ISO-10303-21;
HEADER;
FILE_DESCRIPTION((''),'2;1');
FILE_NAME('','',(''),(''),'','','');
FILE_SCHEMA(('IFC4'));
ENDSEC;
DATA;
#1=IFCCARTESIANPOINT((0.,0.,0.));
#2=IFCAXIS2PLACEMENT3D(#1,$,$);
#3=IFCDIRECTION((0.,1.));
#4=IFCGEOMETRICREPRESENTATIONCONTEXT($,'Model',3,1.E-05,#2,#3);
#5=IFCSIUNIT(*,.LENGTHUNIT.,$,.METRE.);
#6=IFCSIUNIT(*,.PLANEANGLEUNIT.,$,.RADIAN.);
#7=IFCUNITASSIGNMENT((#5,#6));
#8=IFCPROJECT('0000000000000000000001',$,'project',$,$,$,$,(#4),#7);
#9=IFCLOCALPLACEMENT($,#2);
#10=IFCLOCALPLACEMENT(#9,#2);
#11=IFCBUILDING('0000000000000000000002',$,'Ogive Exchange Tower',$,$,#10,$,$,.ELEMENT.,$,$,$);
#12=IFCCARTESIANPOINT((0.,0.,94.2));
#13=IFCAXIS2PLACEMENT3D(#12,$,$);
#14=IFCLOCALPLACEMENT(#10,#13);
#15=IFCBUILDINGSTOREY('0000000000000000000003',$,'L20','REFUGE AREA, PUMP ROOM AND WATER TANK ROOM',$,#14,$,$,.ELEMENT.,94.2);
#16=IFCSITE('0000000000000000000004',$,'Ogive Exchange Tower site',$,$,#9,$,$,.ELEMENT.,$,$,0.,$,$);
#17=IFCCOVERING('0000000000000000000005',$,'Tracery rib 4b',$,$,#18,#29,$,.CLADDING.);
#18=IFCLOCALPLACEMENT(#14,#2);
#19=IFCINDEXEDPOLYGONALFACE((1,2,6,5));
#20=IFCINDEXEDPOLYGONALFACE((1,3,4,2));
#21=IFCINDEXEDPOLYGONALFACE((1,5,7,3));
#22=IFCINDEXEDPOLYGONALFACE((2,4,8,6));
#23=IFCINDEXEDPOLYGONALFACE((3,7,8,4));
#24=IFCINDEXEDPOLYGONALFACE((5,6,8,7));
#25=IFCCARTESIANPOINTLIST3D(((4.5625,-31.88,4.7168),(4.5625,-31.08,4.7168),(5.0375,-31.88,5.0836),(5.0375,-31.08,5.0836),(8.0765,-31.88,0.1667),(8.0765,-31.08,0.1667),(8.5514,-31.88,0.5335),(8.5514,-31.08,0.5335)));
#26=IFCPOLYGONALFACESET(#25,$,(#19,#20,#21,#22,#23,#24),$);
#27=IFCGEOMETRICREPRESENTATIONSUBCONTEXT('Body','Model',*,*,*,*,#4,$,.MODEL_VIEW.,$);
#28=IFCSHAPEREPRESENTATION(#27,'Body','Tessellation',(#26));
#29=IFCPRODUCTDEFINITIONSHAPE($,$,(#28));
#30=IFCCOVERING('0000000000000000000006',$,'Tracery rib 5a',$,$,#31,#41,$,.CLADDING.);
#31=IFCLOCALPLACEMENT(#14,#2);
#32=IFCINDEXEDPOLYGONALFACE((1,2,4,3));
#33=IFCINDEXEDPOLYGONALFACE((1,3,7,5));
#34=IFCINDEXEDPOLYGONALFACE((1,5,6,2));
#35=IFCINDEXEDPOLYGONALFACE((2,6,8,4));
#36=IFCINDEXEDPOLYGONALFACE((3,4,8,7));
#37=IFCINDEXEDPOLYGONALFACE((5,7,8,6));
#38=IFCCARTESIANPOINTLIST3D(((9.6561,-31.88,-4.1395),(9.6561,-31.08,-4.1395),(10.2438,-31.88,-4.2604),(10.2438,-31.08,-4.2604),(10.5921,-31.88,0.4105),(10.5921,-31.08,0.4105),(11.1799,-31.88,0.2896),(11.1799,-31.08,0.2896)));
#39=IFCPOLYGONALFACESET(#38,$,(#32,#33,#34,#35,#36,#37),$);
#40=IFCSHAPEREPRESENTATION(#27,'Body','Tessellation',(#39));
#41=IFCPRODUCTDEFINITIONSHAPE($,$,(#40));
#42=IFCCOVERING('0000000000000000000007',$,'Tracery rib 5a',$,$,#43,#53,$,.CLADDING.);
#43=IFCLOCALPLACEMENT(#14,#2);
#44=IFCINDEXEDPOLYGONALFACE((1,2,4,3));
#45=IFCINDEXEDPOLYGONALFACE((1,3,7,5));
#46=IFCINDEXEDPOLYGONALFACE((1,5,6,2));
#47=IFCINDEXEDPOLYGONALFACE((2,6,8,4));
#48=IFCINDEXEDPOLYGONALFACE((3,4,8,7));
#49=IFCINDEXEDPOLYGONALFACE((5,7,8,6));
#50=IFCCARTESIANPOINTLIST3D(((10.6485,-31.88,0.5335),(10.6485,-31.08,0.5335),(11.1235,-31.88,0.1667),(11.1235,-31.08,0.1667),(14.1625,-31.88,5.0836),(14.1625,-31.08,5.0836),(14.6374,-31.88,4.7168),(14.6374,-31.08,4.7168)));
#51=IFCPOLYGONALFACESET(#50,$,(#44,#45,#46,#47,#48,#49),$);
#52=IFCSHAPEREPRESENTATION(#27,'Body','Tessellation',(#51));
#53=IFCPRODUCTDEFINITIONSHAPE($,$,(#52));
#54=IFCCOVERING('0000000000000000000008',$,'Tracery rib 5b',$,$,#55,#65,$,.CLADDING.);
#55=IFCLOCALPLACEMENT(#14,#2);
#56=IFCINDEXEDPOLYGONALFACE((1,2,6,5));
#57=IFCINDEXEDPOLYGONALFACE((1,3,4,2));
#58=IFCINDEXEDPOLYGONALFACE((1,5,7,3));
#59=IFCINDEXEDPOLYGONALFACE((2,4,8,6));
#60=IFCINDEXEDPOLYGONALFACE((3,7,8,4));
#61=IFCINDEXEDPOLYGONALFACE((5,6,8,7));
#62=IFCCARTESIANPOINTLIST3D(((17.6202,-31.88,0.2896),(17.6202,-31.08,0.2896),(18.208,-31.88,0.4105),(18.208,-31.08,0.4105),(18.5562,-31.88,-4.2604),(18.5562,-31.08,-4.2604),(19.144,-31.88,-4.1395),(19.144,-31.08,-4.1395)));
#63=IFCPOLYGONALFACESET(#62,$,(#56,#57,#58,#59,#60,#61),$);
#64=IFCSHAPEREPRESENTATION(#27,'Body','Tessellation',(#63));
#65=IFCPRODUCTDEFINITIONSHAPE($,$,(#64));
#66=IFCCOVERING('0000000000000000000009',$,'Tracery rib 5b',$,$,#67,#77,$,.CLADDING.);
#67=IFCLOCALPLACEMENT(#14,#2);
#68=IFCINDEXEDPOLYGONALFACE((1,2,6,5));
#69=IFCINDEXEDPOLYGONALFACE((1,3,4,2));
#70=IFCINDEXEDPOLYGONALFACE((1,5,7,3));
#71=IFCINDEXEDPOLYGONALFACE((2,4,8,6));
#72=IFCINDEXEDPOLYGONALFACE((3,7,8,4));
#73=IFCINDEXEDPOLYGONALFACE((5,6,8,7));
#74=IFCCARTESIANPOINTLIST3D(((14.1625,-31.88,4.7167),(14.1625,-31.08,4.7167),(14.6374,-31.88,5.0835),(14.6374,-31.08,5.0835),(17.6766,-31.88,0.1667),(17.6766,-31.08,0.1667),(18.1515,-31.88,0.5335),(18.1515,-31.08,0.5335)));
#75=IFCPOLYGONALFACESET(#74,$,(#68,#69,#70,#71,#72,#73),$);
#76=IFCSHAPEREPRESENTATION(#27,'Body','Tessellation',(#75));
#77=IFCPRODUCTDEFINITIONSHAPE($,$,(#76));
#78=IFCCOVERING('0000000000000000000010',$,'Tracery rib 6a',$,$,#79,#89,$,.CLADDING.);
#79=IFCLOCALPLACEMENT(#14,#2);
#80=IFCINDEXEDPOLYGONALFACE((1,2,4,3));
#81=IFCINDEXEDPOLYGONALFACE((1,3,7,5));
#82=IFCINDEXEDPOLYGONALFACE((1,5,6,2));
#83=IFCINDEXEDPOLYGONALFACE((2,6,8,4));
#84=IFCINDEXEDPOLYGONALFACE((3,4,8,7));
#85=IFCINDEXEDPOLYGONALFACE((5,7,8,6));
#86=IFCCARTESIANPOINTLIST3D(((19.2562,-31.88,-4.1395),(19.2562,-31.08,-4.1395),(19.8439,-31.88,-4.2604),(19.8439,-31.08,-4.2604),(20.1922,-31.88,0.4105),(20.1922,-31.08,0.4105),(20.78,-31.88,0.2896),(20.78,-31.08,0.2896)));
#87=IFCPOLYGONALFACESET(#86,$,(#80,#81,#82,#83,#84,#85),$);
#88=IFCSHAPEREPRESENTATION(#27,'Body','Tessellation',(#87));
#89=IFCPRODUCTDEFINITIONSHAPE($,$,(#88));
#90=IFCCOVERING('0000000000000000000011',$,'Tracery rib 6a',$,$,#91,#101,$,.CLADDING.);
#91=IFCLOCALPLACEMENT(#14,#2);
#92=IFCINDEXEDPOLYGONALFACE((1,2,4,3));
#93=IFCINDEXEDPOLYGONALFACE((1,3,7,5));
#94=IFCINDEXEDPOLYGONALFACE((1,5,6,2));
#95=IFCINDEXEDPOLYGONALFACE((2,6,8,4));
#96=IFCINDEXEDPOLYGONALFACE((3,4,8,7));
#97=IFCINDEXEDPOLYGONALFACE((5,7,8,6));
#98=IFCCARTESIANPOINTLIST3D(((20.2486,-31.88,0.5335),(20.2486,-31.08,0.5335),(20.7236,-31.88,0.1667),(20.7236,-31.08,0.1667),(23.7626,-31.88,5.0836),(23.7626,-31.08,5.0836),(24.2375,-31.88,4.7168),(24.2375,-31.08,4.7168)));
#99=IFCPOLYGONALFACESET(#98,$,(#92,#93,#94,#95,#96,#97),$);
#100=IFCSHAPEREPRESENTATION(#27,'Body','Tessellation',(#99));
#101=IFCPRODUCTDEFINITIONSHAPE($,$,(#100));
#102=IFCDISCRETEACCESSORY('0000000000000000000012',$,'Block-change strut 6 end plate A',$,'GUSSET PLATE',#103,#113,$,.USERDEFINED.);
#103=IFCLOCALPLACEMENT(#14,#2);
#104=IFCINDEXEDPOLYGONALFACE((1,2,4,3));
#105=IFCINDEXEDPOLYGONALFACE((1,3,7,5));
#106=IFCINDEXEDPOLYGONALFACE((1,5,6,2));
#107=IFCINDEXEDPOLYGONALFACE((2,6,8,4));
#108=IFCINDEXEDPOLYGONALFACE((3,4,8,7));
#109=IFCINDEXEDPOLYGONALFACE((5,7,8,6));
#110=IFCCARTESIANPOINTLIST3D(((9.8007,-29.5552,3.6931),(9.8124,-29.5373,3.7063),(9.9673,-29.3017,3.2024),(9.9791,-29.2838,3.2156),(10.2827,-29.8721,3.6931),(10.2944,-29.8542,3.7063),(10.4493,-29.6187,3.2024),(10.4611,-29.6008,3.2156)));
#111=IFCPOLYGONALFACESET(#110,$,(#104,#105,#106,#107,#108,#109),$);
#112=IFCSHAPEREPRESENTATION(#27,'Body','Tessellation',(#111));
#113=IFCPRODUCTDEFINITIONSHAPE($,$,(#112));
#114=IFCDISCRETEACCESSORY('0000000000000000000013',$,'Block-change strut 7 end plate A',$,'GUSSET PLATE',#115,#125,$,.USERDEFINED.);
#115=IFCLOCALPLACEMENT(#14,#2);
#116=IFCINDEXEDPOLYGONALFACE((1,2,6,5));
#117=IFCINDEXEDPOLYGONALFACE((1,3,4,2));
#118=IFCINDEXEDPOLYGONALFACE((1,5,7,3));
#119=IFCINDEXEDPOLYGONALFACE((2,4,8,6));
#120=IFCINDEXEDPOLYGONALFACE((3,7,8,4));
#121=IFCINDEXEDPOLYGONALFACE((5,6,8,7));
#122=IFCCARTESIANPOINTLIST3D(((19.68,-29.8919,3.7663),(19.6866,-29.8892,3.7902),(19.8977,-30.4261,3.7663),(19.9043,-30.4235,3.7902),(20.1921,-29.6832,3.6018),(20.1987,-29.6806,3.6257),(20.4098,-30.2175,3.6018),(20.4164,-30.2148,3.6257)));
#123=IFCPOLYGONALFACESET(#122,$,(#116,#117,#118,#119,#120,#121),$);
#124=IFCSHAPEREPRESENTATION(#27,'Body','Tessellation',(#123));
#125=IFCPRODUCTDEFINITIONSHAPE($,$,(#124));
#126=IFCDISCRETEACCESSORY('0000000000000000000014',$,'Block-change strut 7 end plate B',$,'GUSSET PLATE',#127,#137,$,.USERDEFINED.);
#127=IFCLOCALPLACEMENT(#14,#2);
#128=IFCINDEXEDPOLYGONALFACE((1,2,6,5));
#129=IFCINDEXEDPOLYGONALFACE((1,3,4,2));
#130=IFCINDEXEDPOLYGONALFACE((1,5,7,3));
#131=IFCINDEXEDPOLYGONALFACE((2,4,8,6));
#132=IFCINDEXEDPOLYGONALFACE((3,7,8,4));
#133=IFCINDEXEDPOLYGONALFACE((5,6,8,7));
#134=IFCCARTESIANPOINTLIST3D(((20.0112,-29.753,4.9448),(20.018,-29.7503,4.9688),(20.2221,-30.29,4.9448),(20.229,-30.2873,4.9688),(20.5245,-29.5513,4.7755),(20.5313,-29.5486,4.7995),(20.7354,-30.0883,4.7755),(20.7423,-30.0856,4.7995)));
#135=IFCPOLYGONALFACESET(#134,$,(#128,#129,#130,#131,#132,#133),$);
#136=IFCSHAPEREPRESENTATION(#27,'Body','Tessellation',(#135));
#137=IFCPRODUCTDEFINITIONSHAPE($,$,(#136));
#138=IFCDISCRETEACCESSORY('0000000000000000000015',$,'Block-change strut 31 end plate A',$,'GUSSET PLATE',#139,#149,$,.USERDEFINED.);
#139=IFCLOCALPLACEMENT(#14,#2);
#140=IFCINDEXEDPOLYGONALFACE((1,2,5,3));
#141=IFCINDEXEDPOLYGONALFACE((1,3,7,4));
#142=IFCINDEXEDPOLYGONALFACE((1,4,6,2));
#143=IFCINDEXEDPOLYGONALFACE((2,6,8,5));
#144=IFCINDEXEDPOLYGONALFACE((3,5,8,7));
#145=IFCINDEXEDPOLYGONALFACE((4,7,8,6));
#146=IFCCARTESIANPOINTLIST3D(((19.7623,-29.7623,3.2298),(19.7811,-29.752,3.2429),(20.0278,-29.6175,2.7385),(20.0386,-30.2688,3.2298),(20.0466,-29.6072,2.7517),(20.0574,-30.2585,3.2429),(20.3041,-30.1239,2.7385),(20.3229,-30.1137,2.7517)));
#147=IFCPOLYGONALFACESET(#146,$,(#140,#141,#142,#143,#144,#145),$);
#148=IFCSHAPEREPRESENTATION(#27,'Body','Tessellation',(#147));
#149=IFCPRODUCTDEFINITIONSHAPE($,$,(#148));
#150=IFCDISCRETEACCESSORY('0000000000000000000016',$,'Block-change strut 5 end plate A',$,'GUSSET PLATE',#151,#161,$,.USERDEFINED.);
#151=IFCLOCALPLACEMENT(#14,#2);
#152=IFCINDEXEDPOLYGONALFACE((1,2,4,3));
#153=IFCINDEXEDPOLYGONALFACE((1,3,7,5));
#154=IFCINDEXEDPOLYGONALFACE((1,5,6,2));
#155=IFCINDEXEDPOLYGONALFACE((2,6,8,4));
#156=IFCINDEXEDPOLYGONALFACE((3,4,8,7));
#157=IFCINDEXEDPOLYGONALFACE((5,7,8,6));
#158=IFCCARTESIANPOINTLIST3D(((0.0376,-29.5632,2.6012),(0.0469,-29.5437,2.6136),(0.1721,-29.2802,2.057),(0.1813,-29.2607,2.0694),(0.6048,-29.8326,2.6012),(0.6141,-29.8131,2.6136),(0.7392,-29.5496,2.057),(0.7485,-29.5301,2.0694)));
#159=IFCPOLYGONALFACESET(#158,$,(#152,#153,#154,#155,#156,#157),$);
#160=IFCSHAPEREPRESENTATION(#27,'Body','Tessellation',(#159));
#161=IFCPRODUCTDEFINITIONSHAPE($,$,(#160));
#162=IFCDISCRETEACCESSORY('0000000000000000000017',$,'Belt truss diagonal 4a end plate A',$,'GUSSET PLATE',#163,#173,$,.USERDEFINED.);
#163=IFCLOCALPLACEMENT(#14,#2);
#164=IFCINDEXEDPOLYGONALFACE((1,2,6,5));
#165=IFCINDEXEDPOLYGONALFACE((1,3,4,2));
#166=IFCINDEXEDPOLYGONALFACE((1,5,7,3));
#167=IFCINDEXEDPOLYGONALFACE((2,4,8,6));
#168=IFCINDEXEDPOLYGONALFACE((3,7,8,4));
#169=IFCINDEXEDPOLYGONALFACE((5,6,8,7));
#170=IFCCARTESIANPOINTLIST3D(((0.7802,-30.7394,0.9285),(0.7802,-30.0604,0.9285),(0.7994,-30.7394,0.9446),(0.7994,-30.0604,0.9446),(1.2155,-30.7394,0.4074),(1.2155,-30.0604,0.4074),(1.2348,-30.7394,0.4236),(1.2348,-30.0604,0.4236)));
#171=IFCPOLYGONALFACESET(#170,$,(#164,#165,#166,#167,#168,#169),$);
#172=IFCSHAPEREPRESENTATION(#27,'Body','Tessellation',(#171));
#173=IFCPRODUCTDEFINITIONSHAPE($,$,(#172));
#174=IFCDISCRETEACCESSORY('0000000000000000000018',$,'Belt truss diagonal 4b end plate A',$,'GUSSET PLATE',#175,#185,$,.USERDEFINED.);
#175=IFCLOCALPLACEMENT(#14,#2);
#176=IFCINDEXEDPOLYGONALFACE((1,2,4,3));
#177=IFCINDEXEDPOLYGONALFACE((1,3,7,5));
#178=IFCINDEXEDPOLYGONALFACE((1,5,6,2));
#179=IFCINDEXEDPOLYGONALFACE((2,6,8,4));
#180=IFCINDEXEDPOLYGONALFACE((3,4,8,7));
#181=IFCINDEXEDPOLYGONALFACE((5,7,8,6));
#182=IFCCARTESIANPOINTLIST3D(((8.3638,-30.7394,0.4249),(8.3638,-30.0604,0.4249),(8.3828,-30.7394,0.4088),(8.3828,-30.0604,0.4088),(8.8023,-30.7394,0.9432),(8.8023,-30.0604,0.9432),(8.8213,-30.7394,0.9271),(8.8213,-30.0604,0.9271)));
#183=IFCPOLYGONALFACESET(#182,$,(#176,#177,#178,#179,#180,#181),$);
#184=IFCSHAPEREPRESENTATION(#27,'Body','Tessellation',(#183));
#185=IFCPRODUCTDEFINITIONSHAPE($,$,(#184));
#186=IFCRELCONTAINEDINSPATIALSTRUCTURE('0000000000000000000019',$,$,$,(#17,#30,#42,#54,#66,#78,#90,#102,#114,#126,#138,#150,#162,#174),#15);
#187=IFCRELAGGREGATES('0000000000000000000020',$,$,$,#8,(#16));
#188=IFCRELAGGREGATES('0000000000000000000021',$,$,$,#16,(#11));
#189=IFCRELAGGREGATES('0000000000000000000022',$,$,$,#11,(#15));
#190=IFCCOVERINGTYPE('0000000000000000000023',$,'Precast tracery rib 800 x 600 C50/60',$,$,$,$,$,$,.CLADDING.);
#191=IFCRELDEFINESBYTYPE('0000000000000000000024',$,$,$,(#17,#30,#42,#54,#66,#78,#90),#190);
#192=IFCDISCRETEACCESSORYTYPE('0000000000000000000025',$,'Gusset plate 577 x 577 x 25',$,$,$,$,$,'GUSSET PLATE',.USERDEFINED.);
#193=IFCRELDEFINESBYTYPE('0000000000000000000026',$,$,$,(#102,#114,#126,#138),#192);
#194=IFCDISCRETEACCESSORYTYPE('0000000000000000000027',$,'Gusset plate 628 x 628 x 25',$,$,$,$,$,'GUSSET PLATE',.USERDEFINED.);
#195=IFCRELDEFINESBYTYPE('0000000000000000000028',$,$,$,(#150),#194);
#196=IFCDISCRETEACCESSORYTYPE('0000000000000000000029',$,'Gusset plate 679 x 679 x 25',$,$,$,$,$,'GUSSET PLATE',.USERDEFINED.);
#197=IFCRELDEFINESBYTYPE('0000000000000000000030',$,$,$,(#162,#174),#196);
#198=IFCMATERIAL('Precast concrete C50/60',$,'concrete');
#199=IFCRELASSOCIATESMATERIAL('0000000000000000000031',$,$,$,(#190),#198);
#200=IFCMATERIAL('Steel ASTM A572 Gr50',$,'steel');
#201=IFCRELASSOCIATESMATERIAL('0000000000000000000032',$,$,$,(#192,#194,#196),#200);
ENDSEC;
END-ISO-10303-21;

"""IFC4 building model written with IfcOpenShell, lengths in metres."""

from ifc_helpers import new_model, si_unit, direction, frame, origin, origin_2d, place, context, subcontext, project, spatial, rectangle, extrude, material, material_profile, profile_set, type_object, element, save


model = new_model("IFC4")

# Units and contexts
model_context = context("Model", 3, precision=1e-05, world=origin(), true_north=direction((0.0, 1.0)))
body_context = subcontext(model_context, "Body", "Model", "MODEL_VIEW")
ifc_project = project(units=[si_unit("LENGTHUNIT", "METRE"), si_unit("PLANEANGLEUNIT", "RADIAN")], contexts=[model_context])

# Site, building, storey
site_placement = place(None, origin())
site = spatial("IfcSite", under=ifc_project, at=site_placement, Name="Ogive Exchange Tower site", CompositionType="ELEMENT", RefElevation=0.0)
building_placement = place(site_placement, origin())
building = spatial("IfcBuilding", under=site, at=building_placement, Name="Ogive Exchange Tower", CompositionType="ELEMENT")
storey_placement = place(building_placement, frame((0.0, 0.0, 94.2)))
storey = spatial("IfcBuildingStorey", under=building, at=storey_placement, Name="L20", Description="REFUGE AREA, PUMP ROOM AND WATER TANK ROOM", CompositionType="ELEMENT", Elevation=94.2)

# Coverings
ifc_material_1 = material(Name="Precast concrete C50/60", Category="concrete")
ifc_material_profile_1 = material_profile(ifc_material_1, rectangle(XDim=0.8, YDim=0.6001, at=origin_2d()), Name="RIB 800 x 600")
ifc_profile_set_1 = profile_set([ifc_material_profile_1], Name="Precast concrete C50/60")
covering_type = type_object("IfcCoveringType", Name="Precast tracery rib 800 x 600 C50/60", PredefinedType="CLADDING", material=ifc_profile_set_1)
covering_1_placement = place(storey_placement, frame((8.314, -31.48, 0.3501), z_axis=(-0.611226, 0.0, 0.791456), x_axis=(0.0, -1.0, 0.0)))
element("IfcCovering", 1, at=covering_1_placement, inside=storey, type_object=covering_type, Name="Tracery rib 4b", PredefinedType="CLADDING", context=body_context, shape_type="SweptSolid", body=[
    extrude(rectangle(XDim=0.8, YDim=0.6001, at=origin_2d()), origin(), (0.0, 0.0, 1.0), 5.749),
])
covering_2_placement = place(storey_placement, frame((9.95, -31.48, -4.2), z_axis=(0.2015, 0.0, 0.979488), x_axis=(0.0, 1.0, 0.0)))
element("IfcCovering", 2, at=covering_2_placement, inside=storey, type_object=covering_type, Name="Tracery rib 5a", PredefinedType="CLADDING", context=body_context, shape_type="SweptSolid", body=[
    extrude(rectangle(XDim=0.8, YDim=0.6001, at=origin_2d()), origin(), (0.0, 0.0, 1.0), 4.6453),
])
covering_3_placement = place(storey_placement, frame((10.886, -31.48, 0.3501), z_axis=(0.611226, 0.0, 0.791456), x_axis=(0.0, 1.0, 0.0)))
element("IfcCovering", 3, at=covering_3_placement, inside=storey, type_object=covering_type, Name="Tracery rib 5a", PredefinedType="CLADDING", context=body_context, shape_type="SweptSolid", body=[
    extrude(rectangle(XDim=0.8, YDim=0.6001, at=origin_2d()), origin(), (0.0, 0.0, 1.0), 5.749),
])
covering_4_placement = place(storey_placement, frame((18.8501, -31.48, -4.2), z_axis=(-0.2015, 0.0, 0.979488), x_axis=(0.0, -1.0, 0.0)))
element("IfcCovering", 4, at=covering_4_placement, inside=storey, type_object=covering_type, Name="Tracery rib 5b", PredefinedType="CLADDING", context=body_context, shape_type="SweptSolid", body=[
    extrude(rectangle(XDim=0.8, YDim=0.6001, at=origin_2d()), origin(), (0.0, 0.0, 1.0), 4.6453),
])
covering_5_placement = place(storey_placement, frame((17.9141, -31.48, 0.3501), z_axis=(-0.611253, 0.0, 0.791435), x_axis=(0.0, -1.0, 0.0)))
element("IfcCovering", 5, at=covering_5_placement, inside=storey, type_object=covering_type, Name="Tracery rib 5b", PredefinedType="CLADDING", context=body_context, shape_type="SweptSolid", body=[
    extrude(rectangle(XDim=0.8, YDim=0.6001, at=origin_2d()), origin(), (0.0, 0.0, 1.0), 5.749),
])
covering_6_placement = place(storey_placement, frame((19.55, -31.48, -4.2), z_axis=(0.2015, 0.0, 0.979488), x_axis=(0.0, 1.0, 0.0)))
element("IfcCovering", 6, at=covering_6_placement, inside=storey, type_object=covering_type, Name="Tracery rib 6a", PredefinedType="CLADDING", context=body_context, shape_type="SweptSolid", body=[
    extrude(rectangle(XDim=0.8, YDim=0.6001, at=origin_2d()), origin(), (0.0, 0.0, 1.0), 4.6453),
])
covering_7_placement = place(storey_placement, frame((20.4861, -31.48, 0.3501), z_axis=(0.611226, 0.0, 0.791456), x_axis=(0.0, 1.0, 0.0)))
element("IfcCovering", 7, at=covering_7_placement, inside=storey, type_object=covering_type, Name="Tracery rib 6a", PredefinedType="CLADDING", context=body_context, shape_type="SweptSolid", body=[
    extrude(rectangle(XDim=0.8, YDim=0.6001, at=origin_2d()), origin(), (0.0, 0.0, 1.0), 5.749),
])

# Discrete accessories
ifc_material_2 = material(Name="Steel ASTM A572 Gr50", Category="steel")
ifc_material_profile_2 = material_profile(ifc_material_2, rectangle(XDim=0.5769, YDim=0.5769, at=origin_2d()), Name="PL 577 x 577 x 25")
ifc_profile_set_2 = profile_set([ifc_material_profile_2], Name="Steel ASTM A572 Gr50")
discrete_accessory_type_1 = type_object("IfcDiscreteAccessoryType", Name="Gusset plate 577 x 577 x 25", ElementType="GUSSET PLATE", PredefinedType="USERDEFINED", material=ifc_profile_set_2)
discrete_accessory_1_placement = place(storey_placement, frame((10.125, -29.5869, 3.4478), z_axis=(0.467343, 0.710751, 0.525761), x_axis=(-0.835555, 0.549406, 0.0)))
element("IfcDiscreteAccessory", 8, at=discrete_accessory_1_placement, inside=storey, type_object=discrete_accessory_type_1, Name="Block-change strut 6 end plate A", ObjectType="GUSSET PLATE", PredefinedType="USERDEFINED", context=body_context, shape_type="SweptSolid", body=[
    extrude(rectangle(XDim=0.5769, YDim=0.5769, at=origin_2d()), origin(), (0.0, 0.0, 1.0), 0.0251),
])
discrete_accessory_2_placement = place(storey_placement, frame((20.0449, -30.0547, 3.6841), z_axis=(0.264072, 0.107585, 0.958484), x_axis=(-0.377297, 0.926092, 0.0)))
element("IfcDiscreteAccessory", 9, at=discrete_accessory_2_placement, inside=storey, type_object=discrete_accessory_type_1, Name="Block-change strut 7 end plate A", ObjectType="GUSSET PLATE", PredefinedType="USERDEFINED", context=body_context, shape_type="SweptSolid", body=[
    extrude(rectangle(XDim=0.5769, YDim=0.5769, at=origin_2d()), origin(), (0.0, 0.0, 1.0), 0.0249),
])
for number, where, z_axis, x_axis, name in (
    (10, (20.3733, -29.9207, 4.8601), (0.273135, 0.107303, 0.955972), (-0.365652, 0.930751, 0.0), "Block-change strut 7 end plate B"),
    (11, (20.0332, -29.9431, 2.9841), (0.747573, 0.407767, 0.524272), (-0.478852, 0.877896, 0.0), "Block-change strut 31 end plate A"),
):
    element("IfcDiscreteAccessory", number, at=place(storey_placement, frame(where, z_axis=z_axis, x_axis=x_axis)), inside=storey, type_object=discrete_accessory_type_1, Name=name, ObjectType="GUSSET PLATE", PredefinedType="USERDEFINED", context=body_context, shape_type="SweptSolid", body=[
        extrude(rectangle(XDim=0.5769, YDim=0.5769, at=origin_2d()), origin(), (0.0, 0.0, 1.0), 0.0251),
    ])
ifc_material_profile_3 = material_profile(ifc_material_2, rectangle(XDim=0.6279, YDim=0.6279, at=origin_2d()), Name="PL 628 x 628 x 25")
ifc_profile_set_3 = profile_set([ifc_material_profile_3], Name="Steel ASTM A572 Gr50")
discrete_accessory_type_2 = type_object("IfcDiscreteAccessoryType", Name="Gusset plate 628 x 628 x 25", ElementType="GUSSET PLATE", PredefinedType="USERDEFINED", material=ifc_profile_set_3)
discrete_accessory_3_placement = place(storey_placement, frame((0.3884, -29.5564, 2.3291), z_axis=(0.371817, 0.782773, 0.499018), x_axis=(-0.903278, 0.429057, 0.0)))
element("IfcDiscreteAccessory", 12, at=discrete_accessory_3_placement, inside=storey, type_object=discrete_accessory_type_2, Name="Block-change strut 5 end plate A", ObjectType="GUSSET PLATE", PredefinedType="USERDEFINED", context=body_context, shape_type="SweptSolid", body=[
    extrude(rectangle(XDim=0.6279, YDim=0.6279, at=origin_2d()), origin(), (0.0, 0.0, 1.0), 0.0249),
])
ifc_material_profile_4 = material_profile(ifc_material_2, rectangle(XDim=0.679, YDim=0.679, at=origin_2d()), Name="PL 679 x 679 x 25")
ifc_profile_set_4 = profile_set([ifc_material_profile_4], Name="Steel ASTM A572 Gr50")
discrete_accessory_type_3 = type_object("IfcDiscreteAccessoryType", Name="Gusset plate 679 x 679 x 25", ElementType="GUSSET PLATE", PredefinedType="USERDEFINED", material=ifc_profile_set_4)
discrete_accessory_4_placement = place(storey_placement, frame((0.9978, -30.3999, 0.668), z_axis=(0.767424, 0.0, 0.641139), x_axis=(0.0, 1.0, 0.0)))
element("IfcDiscreteAccessory", 13, at=discrete_accessory_4_placement, inside=storey, type_object=discrete_accessory_type_3, Name="Belt truss diagonal 4a end plate A", ObjectType="GUSSET PLATE", PredefinedType="USERDEFINED", context=body_context, shape_type="SweptSolid", body=[
    extrude(rectangle(XDim=0.679, YDim=0.679, at=origin_2d()), origin(), (0.0, 0.0, 1.0), 0.0251),
])
for number, where, z_axis, x_axis, name in (
    (14, (8.6021, -30.3999, 0.668), (-0.763386, 0.0, 0.645942), (0.0, -1.0, 0.0), "Belt truss diagonal 4b end plate A"),
):
    element("IfcDiscreteAccessory", number, at=place(storey_placement, frame(where, z_axis=z_axis, x_axis=x_axis)), inside=storey, type_object=discrete_accessory_type_3, Name=name, ObjectType="GUSSET PLATE", PredefinedType="USERDEFINED", context=body_context, shape_type="SweptSolid", body=[
        extrude(rectangle(XDim=0.679, YDim=0.679, at=origin_2d()), origin(), (0.0, 0.0, 1.0), 0.0249),
    ])

save(model, "model.ifc")
